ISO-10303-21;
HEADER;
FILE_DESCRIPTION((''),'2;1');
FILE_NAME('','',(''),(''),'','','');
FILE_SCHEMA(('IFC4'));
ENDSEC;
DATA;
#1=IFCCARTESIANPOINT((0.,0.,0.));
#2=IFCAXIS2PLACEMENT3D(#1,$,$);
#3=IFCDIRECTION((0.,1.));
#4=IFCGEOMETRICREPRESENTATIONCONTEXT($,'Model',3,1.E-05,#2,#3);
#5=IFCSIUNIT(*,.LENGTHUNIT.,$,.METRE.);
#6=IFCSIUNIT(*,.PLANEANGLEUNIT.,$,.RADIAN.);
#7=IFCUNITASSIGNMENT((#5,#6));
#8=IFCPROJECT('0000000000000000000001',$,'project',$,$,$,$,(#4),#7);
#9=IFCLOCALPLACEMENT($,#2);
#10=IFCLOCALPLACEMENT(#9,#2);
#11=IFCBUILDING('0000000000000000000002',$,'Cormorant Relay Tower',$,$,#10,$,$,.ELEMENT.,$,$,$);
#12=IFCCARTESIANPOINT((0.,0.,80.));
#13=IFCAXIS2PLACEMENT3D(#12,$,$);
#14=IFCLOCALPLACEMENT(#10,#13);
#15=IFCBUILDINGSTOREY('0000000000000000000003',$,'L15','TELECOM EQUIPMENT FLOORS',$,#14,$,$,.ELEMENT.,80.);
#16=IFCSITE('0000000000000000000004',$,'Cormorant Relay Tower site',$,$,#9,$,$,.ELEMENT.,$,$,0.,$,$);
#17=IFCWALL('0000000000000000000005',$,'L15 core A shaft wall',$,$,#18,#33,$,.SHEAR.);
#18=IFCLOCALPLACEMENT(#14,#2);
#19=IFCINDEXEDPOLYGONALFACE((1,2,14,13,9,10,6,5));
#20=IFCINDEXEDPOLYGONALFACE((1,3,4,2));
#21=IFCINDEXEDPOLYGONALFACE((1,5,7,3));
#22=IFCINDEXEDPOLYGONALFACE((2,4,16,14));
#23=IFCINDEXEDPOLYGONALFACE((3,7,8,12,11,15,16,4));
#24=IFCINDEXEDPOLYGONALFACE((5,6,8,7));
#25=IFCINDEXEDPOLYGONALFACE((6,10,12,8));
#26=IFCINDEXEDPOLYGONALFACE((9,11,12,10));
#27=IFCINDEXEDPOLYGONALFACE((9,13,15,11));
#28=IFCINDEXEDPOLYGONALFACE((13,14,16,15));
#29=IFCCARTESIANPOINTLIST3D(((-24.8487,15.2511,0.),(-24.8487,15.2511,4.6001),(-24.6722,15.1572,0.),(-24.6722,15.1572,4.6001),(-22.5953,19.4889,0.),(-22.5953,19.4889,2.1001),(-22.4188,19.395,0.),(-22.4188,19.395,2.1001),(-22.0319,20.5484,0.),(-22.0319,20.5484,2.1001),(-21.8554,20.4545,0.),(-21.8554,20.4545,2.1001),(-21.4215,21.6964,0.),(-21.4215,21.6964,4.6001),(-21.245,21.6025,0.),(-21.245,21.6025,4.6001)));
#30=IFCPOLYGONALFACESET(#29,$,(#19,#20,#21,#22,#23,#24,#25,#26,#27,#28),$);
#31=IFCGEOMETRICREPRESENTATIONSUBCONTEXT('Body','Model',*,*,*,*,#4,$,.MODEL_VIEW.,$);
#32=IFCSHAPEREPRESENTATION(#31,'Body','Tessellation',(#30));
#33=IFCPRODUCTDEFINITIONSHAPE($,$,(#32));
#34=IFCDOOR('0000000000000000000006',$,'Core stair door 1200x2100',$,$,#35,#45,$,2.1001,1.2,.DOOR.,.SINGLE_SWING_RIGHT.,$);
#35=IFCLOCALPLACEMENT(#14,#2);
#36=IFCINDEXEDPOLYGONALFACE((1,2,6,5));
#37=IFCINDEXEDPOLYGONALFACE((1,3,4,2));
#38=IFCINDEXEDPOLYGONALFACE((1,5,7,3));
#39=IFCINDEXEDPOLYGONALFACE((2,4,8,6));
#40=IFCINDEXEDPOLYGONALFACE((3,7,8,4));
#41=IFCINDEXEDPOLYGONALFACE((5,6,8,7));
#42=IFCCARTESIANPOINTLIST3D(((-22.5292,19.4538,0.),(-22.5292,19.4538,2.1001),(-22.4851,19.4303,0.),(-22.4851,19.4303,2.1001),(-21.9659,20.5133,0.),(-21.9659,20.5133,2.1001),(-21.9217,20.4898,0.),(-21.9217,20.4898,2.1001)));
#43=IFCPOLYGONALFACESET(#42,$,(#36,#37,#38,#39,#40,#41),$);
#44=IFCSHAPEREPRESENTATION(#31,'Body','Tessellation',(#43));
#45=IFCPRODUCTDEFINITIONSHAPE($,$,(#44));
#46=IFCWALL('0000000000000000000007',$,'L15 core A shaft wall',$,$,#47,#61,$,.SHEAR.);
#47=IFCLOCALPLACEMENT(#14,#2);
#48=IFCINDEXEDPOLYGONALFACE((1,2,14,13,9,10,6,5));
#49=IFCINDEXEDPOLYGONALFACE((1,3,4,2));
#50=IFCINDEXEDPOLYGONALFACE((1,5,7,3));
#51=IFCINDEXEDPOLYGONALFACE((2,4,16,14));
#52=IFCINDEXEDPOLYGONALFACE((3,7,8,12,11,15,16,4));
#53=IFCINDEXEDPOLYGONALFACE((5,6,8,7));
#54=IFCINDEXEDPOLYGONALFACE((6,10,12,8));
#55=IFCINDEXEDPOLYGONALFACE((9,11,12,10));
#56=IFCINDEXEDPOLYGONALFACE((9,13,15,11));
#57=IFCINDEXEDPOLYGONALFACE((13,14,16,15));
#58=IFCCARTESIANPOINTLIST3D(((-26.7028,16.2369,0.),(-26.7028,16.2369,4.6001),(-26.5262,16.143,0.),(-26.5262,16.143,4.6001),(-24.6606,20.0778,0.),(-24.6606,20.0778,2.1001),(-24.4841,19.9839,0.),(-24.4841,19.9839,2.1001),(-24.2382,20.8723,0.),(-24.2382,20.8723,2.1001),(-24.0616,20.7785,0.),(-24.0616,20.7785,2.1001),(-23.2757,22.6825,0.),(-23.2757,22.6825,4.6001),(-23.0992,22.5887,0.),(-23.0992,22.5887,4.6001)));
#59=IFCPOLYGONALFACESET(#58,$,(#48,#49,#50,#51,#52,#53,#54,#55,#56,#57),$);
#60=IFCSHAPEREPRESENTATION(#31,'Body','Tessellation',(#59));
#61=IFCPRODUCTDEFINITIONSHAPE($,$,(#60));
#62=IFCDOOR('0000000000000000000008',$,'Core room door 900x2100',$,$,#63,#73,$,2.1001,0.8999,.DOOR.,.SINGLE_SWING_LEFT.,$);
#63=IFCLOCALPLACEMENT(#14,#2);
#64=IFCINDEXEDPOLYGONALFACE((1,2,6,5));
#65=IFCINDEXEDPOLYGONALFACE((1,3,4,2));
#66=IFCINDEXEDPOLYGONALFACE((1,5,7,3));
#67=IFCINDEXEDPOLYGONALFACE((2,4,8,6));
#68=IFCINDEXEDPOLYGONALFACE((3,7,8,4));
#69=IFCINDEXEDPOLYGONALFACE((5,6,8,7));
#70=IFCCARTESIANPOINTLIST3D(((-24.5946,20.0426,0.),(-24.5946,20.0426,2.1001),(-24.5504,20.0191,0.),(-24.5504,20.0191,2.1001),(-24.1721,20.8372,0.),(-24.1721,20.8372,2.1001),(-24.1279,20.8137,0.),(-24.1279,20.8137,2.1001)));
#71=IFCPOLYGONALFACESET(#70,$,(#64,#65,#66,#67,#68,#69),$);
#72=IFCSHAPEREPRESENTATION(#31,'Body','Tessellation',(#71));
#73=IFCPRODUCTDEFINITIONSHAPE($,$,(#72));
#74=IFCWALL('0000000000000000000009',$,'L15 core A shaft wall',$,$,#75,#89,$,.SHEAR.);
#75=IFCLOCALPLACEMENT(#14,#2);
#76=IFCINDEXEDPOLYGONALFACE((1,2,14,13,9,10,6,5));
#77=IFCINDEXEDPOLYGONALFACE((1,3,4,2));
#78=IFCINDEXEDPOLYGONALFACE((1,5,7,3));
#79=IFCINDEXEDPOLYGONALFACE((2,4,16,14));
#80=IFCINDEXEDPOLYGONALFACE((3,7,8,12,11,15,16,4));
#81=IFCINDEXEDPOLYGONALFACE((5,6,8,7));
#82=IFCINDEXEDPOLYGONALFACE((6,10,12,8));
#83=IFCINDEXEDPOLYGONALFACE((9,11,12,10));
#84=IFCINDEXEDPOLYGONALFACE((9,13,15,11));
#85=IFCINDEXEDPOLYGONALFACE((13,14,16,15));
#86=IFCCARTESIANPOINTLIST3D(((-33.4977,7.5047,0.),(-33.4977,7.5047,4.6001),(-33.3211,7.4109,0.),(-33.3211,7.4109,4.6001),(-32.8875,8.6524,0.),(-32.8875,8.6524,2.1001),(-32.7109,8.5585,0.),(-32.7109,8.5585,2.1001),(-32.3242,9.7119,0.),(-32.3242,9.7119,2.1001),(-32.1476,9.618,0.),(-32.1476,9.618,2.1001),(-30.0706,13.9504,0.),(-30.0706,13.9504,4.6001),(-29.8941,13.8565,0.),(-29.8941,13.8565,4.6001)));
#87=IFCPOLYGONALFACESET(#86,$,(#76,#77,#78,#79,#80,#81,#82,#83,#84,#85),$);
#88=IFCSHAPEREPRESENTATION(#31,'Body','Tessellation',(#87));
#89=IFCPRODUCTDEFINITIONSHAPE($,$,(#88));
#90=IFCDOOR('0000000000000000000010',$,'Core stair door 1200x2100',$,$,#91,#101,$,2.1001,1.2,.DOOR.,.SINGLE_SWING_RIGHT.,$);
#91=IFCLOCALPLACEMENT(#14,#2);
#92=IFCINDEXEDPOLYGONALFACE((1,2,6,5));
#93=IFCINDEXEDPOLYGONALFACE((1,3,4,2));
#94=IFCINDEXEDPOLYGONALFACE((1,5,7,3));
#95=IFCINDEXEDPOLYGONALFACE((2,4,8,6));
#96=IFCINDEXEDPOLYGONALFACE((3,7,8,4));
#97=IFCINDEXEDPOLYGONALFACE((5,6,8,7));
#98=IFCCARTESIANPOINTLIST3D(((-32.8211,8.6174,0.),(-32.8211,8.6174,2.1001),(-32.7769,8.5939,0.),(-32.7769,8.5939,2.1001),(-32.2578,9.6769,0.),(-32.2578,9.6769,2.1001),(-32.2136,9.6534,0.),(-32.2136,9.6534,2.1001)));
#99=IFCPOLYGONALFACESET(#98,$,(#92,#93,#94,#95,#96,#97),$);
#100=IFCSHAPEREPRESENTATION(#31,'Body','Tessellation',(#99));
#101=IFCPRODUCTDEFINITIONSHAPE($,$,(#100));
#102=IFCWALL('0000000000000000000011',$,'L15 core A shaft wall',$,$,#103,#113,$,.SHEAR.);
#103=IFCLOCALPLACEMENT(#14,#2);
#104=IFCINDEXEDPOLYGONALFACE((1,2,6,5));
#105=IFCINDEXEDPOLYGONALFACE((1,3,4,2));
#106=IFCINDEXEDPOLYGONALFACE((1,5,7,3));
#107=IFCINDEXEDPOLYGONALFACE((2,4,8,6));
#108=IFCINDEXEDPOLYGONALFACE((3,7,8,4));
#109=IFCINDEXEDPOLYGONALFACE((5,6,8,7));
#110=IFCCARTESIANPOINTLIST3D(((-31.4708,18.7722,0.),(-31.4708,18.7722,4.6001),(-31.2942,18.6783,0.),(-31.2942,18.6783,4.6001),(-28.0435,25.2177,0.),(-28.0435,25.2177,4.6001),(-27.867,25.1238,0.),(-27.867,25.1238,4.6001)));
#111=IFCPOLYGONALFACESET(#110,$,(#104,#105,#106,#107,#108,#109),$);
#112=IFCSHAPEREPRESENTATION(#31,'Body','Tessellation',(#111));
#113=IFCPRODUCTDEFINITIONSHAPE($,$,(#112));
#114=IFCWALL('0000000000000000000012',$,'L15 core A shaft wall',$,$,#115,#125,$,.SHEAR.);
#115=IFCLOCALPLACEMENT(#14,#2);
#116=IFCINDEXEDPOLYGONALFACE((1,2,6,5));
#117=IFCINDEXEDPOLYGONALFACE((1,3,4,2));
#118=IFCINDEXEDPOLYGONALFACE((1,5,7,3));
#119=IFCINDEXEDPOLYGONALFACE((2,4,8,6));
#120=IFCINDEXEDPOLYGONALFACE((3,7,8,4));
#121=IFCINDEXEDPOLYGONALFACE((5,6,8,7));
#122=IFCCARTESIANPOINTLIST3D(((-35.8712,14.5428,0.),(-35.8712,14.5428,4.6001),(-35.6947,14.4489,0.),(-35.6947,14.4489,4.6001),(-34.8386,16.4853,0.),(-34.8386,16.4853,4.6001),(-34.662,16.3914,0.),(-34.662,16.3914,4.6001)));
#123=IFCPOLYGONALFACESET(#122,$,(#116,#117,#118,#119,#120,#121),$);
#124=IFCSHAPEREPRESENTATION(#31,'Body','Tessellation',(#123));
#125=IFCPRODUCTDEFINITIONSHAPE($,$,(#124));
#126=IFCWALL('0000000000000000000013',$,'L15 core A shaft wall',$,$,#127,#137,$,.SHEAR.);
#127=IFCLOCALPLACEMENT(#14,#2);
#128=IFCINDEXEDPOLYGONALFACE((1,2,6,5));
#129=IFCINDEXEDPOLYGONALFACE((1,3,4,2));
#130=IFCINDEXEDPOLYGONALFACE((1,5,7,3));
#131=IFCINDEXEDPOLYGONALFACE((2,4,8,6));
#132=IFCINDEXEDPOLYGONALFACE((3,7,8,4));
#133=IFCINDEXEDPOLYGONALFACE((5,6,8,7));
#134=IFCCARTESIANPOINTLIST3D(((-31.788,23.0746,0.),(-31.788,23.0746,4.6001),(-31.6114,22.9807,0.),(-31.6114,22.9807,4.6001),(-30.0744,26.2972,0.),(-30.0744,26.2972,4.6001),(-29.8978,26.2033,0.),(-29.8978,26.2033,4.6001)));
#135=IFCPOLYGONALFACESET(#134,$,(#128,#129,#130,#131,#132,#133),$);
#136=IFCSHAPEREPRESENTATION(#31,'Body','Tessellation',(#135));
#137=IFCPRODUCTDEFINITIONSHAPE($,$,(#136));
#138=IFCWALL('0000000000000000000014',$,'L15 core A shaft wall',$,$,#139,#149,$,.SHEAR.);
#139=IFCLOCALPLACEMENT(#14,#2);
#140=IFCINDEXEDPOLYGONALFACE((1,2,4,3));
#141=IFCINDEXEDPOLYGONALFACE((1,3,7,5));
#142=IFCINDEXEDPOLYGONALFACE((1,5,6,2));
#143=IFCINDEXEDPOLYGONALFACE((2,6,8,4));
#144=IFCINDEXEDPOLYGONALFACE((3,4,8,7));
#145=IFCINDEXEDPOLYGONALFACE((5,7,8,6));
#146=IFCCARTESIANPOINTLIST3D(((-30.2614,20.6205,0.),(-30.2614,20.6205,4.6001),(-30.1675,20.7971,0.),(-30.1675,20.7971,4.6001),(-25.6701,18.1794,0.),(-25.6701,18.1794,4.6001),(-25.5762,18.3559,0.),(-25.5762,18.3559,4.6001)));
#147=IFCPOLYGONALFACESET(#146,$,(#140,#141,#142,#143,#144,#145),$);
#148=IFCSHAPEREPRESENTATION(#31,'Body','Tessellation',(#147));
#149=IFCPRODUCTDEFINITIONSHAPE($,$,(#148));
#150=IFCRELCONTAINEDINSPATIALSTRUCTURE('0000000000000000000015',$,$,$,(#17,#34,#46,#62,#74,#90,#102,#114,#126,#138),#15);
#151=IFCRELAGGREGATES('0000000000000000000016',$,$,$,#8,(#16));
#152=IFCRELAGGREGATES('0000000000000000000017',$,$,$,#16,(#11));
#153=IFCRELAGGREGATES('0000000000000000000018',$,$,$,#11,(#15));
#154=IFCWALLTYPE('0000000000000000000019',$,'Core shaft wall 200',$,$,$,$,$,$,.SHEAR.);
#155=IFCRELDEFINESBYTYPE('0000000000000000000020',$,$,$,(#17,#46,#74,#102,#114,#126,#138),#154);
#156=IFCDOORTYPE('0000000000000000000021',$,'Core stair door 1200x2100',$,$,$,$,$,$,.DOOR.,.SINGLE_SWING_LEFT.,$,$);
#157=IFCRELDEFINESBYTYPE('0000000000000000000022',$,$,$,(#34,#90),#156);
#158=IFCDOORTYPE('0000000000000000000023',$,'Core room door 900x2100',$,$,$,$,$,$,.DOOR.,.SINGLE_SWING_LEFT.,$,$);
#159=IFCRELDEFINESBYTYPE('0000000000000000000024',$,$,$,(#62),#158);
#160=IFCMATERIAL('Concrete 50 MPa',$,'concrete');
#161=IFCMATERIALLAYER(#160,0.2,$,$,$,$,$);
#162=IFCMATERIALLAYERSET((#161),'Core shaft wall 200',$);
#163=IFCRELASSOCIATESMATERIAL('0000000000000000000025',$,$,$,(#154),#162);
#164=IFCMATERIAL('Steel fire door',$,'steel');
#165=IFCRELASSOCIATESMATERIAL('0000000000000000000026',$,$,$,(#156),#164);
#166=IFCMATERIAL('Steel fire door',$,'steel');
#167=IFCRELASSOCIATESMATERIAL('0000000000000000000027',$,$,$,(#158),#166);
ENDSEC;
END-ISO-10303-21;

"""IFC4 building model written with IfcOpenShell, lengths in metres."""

from ifc_helpers import new_model, si_unit, direction, frame, frame_2d, origin, place, context, subcontext, project, spatial, rectangle, extrude, material, layer, layer_set, type_object, element, fill, save


model = new_model("IFC4")

# Units and contexts
model_context = context("Model", 3, precision=1e-05, world=origin(), true_north=direction((0.0, 1.0)))
body_context = subcontext(model_context, "Body", "Model", "MODEL_VIEW")
ifc_project = project(units=[si_unit("LENGTHUNIT", "METRE"), si_unit("PLANEANGLEUNIT", "RADIAN")], contexts=[model_context])

# Site, building, storey
site_placement = place(None, origin())
site = spatial("IfcSite", under=ifc_project, at=site_placement, Name="Cormorant Relay Tower site", CompositionType="ELEMENT", RefElevation=0.0)
building_placement = place(site_placement, origin())
building = spatial("IfcBuilding", under=site, at=building_placement, Name="Cormorant Relay Tower", CompositionType="ELEMENT")
storey_placement = place(building_placement, frame((0.0, 0.0, 80.0)))
storey = spatial("IfcBuildingStorey", under=building, at=storey_placement, Name="L15", Description="TELECOM EQUIPMENT FLOORS", CompositionType="ELEMENT", Elevation=80.0)

# Walls, openings, doors
ifc_material_1 = material(Name="Concrete 50 MPa", Category="concrete")
ifc_layer_1 = layer(ifc_material_1, 0.2)
ifc_layer_set_1 = layer_set([ifc_layer_1], Name="Core shaft wall 200")
wall_type_1 = type_object("IfcWallType", Name="Core shaft wall 200", PredefinedType="SHEAR", material=ifc_layer_set_1)
wall_1_placement = place(storey_placement, frame((-21.3333, 21.6494, 0.0), z_axis=(0.0, 0.0, 1.0), x_axis=(-0.469494, -0.882936, 0.0)))
wall_1 = element("IfcWall", 1, at=wall_1_placement, inside=storey, type_object=wall_type_1, Name="L15 core A shaft wall", PredefinedType="SHEAR", context=body_context, shape_type="SweptSolid", body=[
    extrude(rectangle(XDim=7.2998, YDim=0.2, at=frame_2d((3.6499, 0.0))), origin(), (0.0, 0.0, 1.0), 4.6001),
])
opening_1_placement = place(wall_1_placement, frame((1.3, 0.0, 0.0)))
opening_1 = element("IfcOpeningElement", 2, at=opening_1_placement, cuts=wall_1, PredefinedType="OPENING", context=body_context, shape_type="SweptSolid", body=[
    extrude(rectangle(XDim=1.2, YDim=2.1001, at=frame_2d((0.6001, 1.05))), frame((0.0, 0.1099, 0.0), z_axis=(0.0, -1.0, 0.0), x_axis=(1.0, 0.0, 0.0)), (0.0, 0.0, 1.0), 0.22),
])
ifc_material_2 = material(Name="Steel fire door", Category="steel")
door_type_1 = type_object("IfcDoorType", Name="Core stair door 1200x2100", OperationType="SINGLE_SWING_LEFT", PredefinedType="DOOR", material=ifc_material_2)
door_1_placement = place(opening_1_placement, origin())
door_1 = element("IfcDoor", 3, at=door_1_placement, inside=storey, type_object=door_type_1, Name="Core stair door 1200x2100", OperationType="SINGLE_SWING_RIGHT", OverallHeight=2.1001, OverallWidth=1.2, PredefinedType="DOOR", context=body_context, shape_type="SweptSolid", body=[
    extrude(rectangle(XDim=1.2, YDim=2.1001, at=frame_2d((0.6001, 1.05))), frame((0.0, 0.0249, 0.0), z_axis=(0.0, -1.0, 0.0), x_axis=(1.0, 0.0, 0.0)), (0.0, 0.0, 1.0), 0.05),
])
fill(opening_1, door_1)
wall_2_placement = place(storey_placement, frame((-23.1875, 22.6355, 0.0), z_axis=(0.0, 0.0, 1.0), x_axis=(-0.469454, -0.882957, 0.0)))
wall_2 = element("IfcWall", 4, at=wall_2_placement, inside=storey, type_object=wall_type_1, Name="L15 core A shaft wall", PredefinedType="SHEAR", context=body_context, shape_type="SweptSolid", body=[
    extrude(rectangle(XDim=7.3, YDim=0.2, at=frame_2d((3.6499, 0.0))), origin(), (0.0, 0.0, 1.0), 4.6001),
])
opening_2_placement = place(wall_2_placement, frame((2.05, 0.0, 0.0)))
opening_2 = element("IfcOpeningElement", 5, at=opening_2_placement, cuts=wall_2, PredefinedType="OPENING", context=body_context, shape_type="SweptSolid", body=[
    extrude(rectangle(XDim=0.8999, YDim=2.1001, at=frame_2d((0.45, 1.05))), frame((0.0, 0.1099, 0.0), z_axis=(0.0, -1.0, 0.0), x_axis=(1.0, 0.0, 0.0)), (0.0, 0.0, 1.0), 0.22),
])
ifc_material_3 = material(Name="Steel fire door", Category="steel")
door_type_2 = type_object("IfcDoorType", Name="Core room door 900x2100", OperationType="SINGLE_SWING_LEFT", PredefinedType="DOOR", material=ifc_material_3)
door_2_placement = place(opening_2_placement, origin())
door_2 = element("IfcDoor", 6, at=door_2_placement, inside=storey, type_object=door_type_2, Name="Core room door 900x2100", OperationType="SINGLE_SWING_LEFT", OverallHeight=2.1001, OverallWidth=0.8999, PredefinedType="DOOR", context=body_context, shape_type="SweptSolid", body=[
    extrude(rectangle(XDim=0.8999, YDim=2.1001, at=frame_2d((0.45, 1.05))), frame((0.0, 0.0249, 0.0), z_axis=(0.0, -1.0, 0.0), x_axis=(1.0, 0.0, 0.0)), (0.0, 0.0, 1.0), 0.05),
])
fill(opening_2, door_2)
wall_3_placement = place(storey_placement, frame((-29.9824, 13.9033, 0.0), z_axis=(0.0, 0.0, 1.0), x_axis=(-0.469454, -0.882957, 0.0)))
wall_3 = element("IfcWall", 7, at=wall_3_placement, inside=storey, type_object=wall_type_1, Name="L15 core A shaft wall", PredefinedType="SHEAR", context=body_context, shape_type="SweptSolid", body=[
    extrude(rectangle(XDim=7.3, YDim=0.2, at=frame_2d((3.6499, 0.0))), origin(), (0.0, 0.0, 1.0), 4.6001),
])
opening_3_placement = place(wall_3_placement, frame((4.8, 0.0, 0.0)))
opening_3 = element("IfcOpeningElement", 8, at=opening_3_placement, cuts=wall_3, PredefinedType="OPENING", context=body_context, shape_type="SweptSolid", body=[
    extrude(rectangle(XDim=1.2, YDim=2.1001, at=frame_2d((0.6001, 1.05))), frame((0.0, 0.1099, 0.0), z_axis=(0.0, -1.0, 0.0), x_axis=(1.0, 0.0, 0.0)), (0.0, 0.0, 1.0), 0.22),
])
door_3_placement = place(opening_3_placement, frame((1.2, 0.0, 0.0), z_axis=(0.0, 0.0, 1.0), x_axis=(-1.0, 0.0, 0.0)))
door_3 = element("IfcDoor", 9, at=door_3_placement, inside=storey, type_object=door_type_1, Name="Core stair door 1200x2100", OperationType="SINGLE_SWING_RIGHT", OverallHeight=2.1001, OverallWidth=1.2, PredefinedType="DOOR", context=body_context, shape_type="SweptSolid", body=[
    extrude(rectangle(XDim=1.2, YDim=2.1001, at=frame_2d((0.6001, 1.05))), frame((0.0, 0.0249, 0.0), z_axis=(0.0, -1.0, 0.0), x_axis=(1.0, 0.0, 0.0)), (0.0, 0.0, 1.0), 0.05),
])
fill(opening_3, door_3)

# Walls
wall_4_placement = place(storey_placement, frame((-27.9553, 25.1707, 0.0), z_axis=(0.0, 0.0, 1.0), x_axis=(-0.46948, -0.882943, 0.0)))
element("IfcWall", 10, at=wall_4_placement, inside=storey, type_object=wall_type_1, Name="L15 core A shaft wall", PredefinedType="SHEAR", context=body_context, shape_type="SweptSolid", body=[
    extrude(rectangle(XDim=7.3, YDim=0.2, at=frame_2d((3.6499, 0.0))), origin(), (0.0, 0.0, 1.0), 4.6001),
])
wall_5_placement = place(storey_placement, frame((-34.7502, 16.4385, 0.0), z_axis=(0.0, 0.0, 1.0), x_axis=(-0.469401, -0.882985, 0.0)))
element("IfcWall", 11, at=wall_5_placement, inside=storey, type_object=wall_type_1, Name="L15 core A shaft wall", PredefinedType="SHEAR", context=body_context, shape_type="SweptSolid", body=[
    extrude(rectangle(XDim=2.2, YDim=0.2, at=frame_2d((1.1001, 0.0))), origin(), (0.0, 0.0, 1.0), 4.6001),
])
wall_6_placement = place(storey_placement, frame((-29.9861, 26.2502, 0.0), z_axis=(0.0, 0.0, 1.0), x_axis=(-0.469494, -0.882936, 0.0)))
element("IfcWall", 12, at=wall_6_placement, inside=storey, type_object=wall_type_1, Name="L15 core A shaft wall", PredefinedType="SHEAR", context=body_context, shape_type="SweptSolid", body=[
    extrude(rectangle(XDim=3.6499, YDim=0.2, at=frame_2d((1.825, 0.0))), origin(), (0.0, 0.0, 1.0), 4.6001),
])

# Wall
wall_7_placement = place(storey_placement, frame((-25.623, 18.2676, 0.0), z_axis=(0.0, 0.0, 1.0), x_axis=(-0.882954, 0.46946, 0.0)))
element("IfcWall", 13, at=wall_7_placement, inside=storey, type_object=wall_type_1, Name="L15 core A shaft wall", PredefinedType="SHEAR", context=body_context, shape_type="SweptSolid", body=[
    extrude(rectangle(XDim=5.2, YDim=0.2, at=frame_2d((2.6001, 0.0))), origin(), (0.0, 0.0, 1.0), 4.6001),
])

save(model, "model.ifc")
